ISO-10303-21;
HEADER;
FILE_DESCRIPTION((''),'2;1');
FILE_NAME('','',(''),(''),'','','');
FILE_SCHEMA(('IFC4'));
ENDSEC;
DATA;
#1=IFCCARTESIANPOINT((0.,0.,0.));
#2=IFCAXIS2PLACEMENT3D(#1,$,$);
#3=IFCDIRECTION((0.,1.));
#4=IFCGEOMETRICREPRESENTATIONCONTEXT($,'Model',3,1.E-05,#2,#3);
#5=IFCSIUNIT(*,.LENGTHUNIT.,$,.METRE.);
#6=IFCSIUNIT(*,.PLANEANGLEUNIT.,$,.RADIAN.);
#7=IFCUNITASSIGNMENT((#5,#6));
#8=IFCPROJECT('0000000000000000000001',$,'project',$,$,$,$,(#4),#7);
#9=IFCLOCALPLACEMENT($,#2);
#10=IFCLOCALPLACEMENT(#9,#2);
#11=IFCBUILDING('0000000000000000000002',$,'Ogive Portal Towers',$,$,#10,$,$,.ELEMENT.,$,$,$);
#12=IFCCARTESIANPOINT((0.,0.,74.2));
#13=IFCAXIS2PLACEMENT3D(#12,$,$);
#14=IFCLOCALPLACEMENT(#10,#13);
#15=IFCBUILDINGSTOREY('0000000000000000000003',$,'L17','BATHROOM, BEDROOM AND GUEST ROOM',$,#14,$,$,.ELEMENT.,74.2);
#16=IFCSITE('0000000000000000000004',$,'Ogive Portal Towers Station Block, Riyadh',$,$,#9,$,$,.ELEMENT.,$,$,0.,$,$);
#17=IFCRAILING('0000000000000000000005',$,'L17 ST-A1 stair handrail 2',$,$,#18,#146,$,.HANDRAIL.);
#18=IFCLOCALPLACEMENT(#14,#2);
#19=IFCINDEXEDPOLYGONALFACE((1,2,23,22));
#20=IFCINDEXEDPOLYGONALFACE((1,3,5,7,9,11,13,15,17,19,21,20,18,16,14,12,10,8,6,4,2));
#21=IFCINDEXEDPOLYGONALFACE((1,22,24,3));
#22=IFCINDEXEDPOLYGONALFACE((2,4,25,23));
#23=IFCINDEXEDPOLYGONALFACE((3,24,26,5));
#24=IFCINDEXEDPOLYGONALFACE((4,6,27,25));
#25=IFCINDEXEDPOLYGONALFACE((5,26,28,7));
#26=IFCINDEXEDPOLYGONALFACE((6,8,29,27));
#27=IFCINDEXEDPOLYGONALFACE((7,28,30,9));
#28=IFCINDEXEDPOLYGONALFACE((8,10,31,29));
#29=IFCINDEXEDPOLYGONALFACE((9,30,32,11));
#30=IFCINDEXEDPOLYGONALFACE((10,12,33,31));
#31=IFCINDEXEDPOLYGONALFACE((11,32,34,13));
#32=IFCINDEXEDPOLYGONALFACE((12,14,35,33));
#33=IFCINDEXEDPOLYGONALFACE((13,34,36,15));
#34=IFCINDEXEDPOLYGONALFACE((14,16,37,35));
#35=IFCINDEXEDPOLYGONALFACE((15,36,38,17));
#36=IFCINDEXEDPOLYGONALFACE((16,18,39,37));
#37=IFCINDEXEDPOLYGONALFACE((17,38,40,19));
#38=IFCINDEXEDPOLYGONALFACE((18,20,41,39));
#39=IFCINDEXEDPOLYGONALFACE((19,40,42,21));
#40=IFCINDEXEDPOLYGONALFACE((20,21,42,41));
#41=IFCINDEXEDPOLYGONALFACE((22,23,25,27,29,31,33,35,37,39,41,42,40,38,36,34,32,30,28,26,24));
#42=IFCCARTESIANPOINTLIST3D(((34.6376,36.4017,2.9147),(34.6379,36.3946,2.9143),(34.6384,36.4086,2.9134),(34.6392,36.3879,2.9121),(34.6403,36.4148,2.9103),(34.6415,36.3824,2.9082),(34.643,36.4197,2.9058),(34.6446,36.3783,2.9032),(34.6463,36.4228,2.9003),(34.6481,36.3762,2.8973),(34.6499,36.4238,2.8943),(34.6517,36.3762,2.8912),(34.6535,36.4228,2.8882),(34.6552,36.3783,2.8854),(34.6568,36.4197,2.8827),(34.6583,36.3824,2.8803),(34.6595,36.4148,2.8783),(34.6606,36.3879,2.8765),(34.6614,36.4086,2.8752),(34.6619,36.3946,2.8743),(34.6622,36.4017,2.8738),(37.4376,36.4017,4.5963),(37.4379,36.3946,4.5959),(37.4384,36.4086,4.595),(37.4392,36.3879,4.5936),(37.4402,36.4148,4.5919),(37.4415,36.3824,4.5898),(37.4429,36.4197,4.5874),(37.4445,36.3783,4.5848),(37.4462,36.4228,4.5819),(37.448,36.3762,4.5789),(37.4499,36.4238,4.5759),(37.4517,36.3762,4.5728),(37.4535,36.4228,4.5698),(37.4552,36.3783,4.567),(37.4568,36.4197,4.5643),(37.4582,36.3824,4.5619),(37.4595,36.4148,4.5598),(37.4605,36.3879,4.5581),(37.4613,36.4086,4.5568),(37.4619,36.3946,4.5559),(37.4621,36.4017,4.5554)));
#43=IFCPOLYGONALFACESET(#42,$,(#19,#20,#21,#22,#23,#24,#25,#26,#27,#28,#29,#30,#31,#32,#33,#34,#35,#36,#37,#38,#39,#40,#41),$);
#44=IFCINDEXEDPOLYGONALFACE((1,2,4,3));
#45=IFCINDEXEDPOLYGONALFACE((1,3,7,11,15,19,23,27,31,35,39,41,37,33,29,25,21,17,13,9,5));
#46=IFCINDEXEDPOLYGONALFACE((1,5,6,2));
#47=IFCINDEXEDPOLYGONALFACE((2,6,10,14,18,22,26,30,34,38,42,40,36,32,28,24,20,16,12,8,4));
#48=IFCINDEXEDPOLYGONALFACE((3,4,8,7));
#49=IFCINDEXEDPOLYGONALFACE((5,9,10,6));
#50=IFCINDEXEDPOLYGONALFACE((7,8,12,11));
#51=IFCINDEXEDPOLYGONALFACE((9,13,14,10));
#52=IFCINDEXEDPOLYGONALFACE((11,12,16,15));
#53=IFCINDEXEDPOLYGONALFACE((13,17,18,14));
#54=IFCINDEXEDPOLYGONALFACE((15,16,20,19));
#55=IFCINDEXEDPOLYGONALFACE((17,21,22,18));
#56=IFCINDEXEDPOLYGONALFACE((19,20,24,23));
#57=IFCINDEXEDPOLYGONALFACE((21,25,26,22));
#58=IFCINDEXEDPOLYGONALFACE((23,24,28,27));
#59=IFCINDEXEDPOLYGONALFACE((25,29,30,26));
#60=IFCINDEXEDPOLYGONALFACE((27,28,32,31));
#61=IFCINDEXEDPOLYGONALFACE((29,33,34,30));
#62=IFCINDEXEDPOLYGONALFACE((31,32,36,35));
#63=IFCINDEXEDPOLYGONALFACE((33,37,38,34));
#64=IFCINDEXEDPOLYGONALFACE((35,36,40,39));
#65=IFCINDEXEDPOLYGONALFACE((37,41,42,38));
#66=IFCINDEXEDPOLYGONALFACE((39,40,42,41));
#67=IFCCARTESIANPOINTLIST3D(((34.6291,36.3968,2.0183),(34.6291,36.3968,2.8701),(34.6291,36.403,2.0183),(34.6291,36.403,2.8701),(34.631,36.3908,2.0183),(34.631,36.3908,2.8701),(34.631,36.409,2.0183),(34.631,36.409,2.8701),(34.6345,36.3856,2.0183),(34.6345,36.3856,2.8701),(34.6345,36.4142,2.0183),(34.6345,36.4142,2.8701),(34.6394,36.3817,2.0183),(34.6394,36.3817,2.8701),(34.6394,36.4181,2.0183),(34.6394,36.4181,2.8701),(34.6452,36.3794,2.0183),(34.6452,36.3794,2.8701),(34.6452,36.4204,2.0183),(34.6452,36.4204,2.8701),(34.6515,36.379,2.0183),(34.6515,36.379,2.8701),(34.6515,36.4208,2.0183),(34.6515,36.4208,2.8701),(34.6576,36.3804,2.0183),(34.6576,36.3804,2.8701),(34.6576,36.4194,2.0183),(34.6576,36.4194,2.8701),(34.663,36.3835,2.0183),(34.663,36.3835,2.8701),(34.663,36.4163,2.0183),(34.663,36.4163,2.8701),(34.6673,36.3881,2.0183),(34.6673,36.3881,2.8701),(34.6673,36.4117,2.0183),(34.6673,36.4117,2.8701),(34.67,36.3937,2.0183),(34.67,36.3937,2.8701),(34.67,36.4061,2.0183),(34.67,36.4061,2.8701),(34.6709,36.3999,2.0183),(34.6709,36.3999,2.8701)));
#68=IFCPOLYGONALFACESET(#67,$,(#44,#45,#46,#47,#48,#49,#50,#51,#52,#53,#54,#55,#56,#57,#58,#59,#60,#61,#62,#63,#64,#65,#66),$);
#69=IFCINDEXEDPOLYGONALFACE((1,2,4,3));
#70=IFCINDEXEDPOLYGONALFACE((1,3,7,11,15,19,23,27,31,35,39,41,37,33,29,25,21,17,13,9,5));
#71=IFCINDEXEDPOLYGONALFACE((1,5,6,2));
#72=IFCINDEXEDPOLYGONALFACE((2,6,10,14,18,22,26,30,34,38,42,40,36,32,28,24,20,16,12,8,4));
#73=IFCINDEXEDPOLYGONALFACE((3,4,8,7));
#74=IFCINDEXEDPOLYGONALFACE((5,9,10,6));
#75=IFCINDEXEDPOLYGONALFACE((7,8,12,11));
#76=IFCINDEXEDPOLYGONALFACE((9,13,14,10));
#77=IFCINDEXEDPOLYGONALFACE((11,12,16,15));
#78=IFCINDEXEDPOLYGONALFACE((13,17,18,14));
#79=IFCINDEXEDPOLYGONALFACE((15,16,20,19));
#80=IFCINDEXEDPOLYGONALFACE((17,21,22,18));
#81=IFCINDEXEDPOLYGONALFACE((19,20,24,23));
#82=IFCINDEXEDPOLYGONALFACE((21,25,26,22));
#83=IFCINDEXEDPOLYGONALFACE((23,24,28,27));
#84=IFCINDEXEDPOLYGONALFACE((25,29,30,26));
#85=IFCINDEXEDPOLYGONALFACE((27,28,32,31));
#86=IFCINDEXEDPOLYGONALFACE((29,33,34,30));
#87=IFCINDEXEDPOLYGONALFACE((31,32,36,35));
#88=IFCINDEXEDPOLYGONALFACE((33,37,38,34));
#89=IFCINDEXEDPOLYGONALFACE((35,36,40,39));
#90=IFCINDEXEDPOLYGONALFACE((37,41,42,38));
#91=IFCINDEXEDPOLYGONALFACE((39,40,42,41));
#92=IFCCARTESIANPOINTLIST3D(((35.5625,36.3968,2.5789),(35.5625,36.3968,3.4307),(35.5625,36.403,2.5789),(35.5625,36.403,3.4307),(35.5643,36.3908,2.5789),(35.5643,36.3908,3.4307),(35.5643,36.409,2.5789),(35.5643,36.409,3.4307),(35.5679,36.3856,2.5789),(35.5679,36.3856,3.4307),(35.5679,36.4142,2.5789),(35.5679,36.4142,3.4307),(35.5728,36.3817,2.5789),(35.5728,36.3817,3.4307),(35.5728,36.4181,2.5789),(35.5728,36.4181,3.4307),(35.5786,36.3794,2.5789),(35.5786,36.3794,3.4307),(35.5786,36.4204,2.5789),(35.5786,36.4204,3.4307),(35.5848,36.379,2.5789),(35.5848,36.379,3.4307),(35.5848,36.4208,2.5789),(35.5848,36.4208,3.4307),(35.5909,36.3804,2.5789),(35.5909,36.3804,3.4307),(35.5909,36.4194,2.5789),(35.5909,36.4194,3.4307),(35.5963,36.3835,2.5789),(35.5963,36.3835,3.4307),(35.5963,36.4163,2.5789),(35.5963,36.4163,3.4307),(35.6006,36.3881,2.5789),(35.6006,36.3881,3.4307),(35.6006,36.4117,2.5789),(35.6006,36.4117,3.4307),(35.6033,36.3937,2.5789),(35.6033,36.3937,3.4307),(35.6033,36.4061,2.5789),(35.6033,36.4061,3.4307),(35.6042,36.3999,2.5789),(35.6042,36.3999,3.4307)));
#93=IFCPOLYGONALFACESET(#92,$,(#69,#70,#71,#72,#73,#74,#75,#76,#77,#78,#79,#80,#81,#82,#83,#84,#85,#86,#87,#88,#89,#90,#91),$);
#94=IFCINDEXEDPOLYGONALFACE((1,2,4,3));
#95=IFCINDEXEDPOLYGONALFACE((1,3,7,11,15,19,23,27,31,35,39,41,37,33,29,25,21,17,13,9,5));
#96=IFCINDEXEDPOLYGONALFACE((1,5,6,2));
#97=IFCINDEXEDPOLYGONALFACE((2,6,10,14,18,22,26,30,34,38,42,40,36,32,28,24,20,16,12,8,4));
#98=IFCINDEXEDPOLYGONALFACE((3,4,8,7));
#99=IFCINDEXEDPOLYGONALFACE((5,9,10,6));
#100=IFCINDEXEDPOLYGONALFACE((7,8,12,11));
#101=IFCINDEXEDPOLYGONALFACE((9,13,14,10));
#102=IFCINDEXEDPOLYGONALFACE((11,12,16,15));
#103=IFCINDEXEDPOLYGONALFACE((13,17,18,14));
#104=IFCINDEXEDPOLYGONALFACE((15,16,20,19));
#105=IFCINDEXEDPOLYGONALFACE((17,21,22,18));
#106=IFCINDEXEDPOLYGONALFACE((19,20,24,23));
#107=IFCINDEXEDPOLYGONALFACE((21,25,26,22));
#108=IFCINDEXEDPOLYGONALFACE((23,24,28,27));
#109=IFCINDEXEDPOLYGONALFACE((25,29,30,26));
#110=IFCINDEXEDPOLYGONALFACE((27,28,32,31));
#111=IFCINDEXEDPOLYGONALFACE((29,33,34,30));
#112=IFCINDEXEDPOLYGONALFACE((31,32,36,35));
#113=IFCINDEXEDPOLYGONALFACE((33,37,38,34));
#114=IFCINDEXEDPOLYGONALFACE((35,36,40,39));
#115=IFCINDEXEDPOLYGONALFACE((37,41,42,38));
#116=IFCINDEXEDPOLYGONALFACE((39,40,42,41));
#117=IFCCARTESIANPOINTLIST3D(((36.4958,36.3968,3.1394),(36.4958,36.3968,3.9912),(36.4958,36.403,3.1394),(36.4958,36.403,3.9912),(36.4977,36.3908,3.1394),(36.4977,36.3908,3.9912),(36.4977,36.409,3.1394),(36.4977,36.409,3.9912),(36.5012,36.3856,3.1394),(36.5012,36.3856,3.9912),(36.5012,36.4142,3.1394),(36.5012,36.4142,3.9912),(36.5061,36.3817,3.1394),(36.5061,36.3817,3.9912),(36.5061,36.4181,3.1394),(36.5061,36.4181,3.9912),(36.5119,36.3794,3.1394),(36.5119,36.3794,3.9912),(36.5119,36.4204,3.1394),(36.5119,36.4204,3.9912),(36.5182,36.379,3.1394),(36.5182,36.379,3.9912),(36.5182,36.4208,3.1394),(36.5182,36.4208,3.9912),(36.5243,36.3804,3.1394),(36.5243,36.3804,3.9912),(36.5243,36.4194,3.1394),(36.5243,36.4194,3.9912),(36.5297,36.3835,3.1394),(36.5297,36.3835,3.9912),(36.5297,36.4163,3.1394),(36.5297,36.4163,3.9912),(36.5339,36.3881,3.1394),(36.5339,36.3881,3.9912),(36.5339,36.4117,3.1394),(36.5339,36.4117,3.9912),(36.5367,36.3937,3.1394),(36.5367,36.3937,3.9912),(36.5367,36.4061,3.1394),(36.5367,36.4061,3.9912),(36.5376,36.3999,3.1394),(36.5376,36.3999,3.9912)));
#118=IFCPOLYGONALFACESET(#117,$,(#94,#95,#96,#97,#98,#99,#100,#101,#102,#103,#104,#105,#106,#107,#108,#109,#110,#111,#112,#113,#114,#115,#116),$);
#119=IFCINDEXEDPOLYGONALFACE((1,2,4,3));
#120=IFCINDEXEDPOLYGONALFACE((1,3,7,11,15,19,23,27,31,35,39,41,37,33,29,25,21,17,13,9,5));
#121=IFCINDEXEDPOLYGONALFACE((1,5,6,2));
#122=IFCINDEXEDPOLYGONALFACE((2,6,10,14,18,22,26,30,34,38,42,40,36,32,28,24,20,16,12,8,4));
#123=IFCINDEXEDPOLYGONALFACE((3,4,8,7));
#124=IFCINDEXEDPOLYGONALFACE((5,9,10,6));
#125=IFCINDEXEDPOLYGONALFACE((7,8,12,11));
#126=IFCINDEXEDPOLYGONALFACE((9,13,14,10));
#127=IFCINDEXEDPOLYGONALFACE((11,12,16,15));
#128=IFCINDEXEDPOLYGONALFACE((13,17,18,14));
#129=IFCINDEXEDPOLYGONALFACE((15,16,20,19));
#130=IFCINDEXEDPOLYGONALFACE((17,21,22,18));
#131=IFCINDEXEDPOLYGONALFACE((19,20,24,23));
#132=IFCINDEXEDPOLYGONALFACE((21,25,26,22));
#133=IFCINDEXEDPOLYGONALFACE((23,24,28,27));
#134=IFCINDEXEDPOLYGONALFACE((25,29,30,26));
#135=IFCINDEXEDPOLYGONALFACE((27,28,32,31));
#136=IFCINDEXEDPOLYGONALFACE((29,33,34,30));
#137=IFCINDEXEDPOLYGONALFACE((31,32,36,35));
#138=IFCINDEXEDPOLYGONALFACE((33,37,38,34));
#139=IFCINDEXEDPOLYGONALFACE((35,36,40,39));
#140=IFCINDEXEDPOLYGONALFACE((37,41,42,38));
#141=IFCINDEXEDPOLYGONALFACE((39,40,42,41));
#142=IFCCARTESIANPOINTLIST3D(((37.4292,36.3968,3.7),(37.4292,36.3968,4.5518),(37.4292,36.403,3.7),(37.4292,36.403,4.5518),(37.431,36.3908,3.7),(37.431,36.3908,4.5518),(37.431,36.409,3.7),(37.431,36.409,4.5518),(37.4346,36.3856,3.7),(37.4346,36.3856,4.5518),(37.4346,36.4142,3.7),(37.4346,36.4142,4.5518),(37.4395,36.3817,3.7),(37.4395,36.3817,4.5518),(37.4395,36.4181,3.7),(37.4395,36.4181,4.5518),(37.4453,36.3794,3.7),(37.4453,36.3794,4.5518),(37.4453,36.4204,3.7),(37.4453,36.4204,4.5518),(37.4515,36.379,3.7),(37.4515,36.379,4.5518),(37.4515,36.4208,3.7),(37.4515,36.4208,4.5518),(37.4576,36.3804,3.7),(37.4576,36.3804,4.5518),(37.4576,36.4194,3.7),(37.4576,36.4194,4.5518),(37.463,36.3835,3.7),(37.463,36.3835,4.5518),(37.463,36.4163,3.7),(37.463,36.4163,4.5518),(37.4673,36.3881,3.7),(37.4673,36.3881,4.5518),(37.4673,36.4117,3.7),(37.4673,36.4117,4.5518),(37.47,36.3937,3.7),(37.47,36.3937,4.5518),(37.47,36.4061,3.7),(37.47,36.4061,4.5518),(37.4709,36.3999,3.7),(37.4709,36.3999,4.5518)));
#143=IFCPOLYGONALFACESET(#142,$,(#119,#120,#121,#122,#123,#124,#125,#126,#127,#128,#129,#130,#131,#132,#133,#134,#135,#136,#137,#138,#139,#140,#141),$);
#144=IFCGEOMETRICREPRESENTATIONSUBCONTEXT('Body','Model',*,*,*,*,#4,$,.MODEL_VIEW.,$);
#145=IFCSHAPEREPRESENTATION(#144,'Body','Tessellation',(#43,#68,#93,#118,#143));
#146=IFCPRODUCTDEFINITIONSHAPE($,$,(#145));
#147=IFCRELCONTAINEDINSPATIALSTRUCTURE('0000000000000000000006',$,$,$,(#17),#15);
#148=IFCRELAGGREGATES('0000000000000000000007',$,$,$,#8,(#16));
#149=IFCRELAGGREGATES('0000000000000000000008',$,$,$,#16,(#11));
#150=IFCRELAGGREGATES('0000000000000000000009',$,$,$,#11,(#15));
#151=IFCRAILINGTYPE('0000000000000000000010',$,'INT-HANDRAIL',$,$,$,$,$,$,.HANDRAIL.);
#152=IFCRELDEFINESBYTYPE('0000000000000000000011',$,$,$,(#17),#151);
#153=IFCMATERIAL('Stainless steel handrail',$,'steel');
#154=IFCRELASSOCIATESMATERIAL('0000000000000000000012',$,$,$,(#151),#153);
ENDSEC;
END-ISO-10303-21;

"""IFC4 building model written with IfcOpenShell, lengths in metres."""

from ifc_helpers import new_model, si_unit, direction, frame, origin, origin_2d, place, context, subcontext, project, spatial, circle, extrude, material, type_object, element, save


model = new_model("IFC4")

# Units and contexts
model_context = context("Model", 3, precision=1e-05, world=origin(), true_north=direction((0.0, 1.0)))
body_context = subcontext(model_context, "Body", "Model", "MODEL_VIEW")
ifc_project = project(units=[si_unit("LENGTHUNIT", "METRE"), si_unit("PLANEANGLEUNIT", "RADIAN")], contexts=[model_context])

# Site, building, storey
site_placement = place(None, origin())
site = spatial("IfcSite", under=ifc_project, at=site_placement, Name="Ogive Portal Towers Station Block, Riyadh", CompositionType="ELEMENT", RefElevation=0.0)
building_placement = place(site_placement, origin())
building = spatial("IfcBuilding", under=site, at=building_placement, Name="Ogive Portal Towers", CompositionType="ELEMENT")
storey_placement = place(building_placement, frame((0.0, 0.0, 74.2)))
storey = spatial("IfcBuildingStorey", under=building, at=storey_placement, Name="L17", Description="BATHROOM, BEDROOM AND GUEST ROOM", CompositionType="ELEMENT", Elevation=74.2)

# Railing
ifc_material_1 = material(Name="Stainless steel handrail", Category="steel")
railing_type_1 = type_object("IfcRailingType", Name="INT-HANDRAIL", PredefinedType="HANDRAIL", material=ifc_material_1)
railing_1_placement = place(storey_placement, frame((34.6499, 36.3999, 2.0183)))
element("IfcRailing", 1, at=railing_1_placement, inside=storey, type_object=railing_type_1, Name="L17 ST-A1 stair handrail 2", PredefinedType="HANDRAIL", context=body_context, shape_type="SweptSolid", body=[
    extrude(circle(Radius=0.0239, at=origin_2d()), frame((0.0, 0.0, 0.876), z_axis=(0.857275, 0.0, 0.514858), x_axis=(0.0, 1.0, 0.0)), (0.0, 0.0, 1.0), 3.2661),
    extrude(circle(Radius=0.021, at=origin_2d()), origin(), (0.0, 0.0, 1.0), 0.8518),
    extrude(circle(Radius=0.021, at=origin_2d()), frame((0.9333, 0.0, 0.5605)), (0.0, 0.0, 1.0), 0.8518),
    extrude(circle(Radius=0.021, at=origin_2d()), frame((1.8667, 0.0, 1.1211)), (0.0, 0.0, 1.0), 0.8518),
    extrude(circle(Radius=0.021, at=origin_2d()), frame((2.8, 0.0, 1.6816)), (0.0, 0.0, 1.0), 0.8518),
])

save(model, "model.ifc")
